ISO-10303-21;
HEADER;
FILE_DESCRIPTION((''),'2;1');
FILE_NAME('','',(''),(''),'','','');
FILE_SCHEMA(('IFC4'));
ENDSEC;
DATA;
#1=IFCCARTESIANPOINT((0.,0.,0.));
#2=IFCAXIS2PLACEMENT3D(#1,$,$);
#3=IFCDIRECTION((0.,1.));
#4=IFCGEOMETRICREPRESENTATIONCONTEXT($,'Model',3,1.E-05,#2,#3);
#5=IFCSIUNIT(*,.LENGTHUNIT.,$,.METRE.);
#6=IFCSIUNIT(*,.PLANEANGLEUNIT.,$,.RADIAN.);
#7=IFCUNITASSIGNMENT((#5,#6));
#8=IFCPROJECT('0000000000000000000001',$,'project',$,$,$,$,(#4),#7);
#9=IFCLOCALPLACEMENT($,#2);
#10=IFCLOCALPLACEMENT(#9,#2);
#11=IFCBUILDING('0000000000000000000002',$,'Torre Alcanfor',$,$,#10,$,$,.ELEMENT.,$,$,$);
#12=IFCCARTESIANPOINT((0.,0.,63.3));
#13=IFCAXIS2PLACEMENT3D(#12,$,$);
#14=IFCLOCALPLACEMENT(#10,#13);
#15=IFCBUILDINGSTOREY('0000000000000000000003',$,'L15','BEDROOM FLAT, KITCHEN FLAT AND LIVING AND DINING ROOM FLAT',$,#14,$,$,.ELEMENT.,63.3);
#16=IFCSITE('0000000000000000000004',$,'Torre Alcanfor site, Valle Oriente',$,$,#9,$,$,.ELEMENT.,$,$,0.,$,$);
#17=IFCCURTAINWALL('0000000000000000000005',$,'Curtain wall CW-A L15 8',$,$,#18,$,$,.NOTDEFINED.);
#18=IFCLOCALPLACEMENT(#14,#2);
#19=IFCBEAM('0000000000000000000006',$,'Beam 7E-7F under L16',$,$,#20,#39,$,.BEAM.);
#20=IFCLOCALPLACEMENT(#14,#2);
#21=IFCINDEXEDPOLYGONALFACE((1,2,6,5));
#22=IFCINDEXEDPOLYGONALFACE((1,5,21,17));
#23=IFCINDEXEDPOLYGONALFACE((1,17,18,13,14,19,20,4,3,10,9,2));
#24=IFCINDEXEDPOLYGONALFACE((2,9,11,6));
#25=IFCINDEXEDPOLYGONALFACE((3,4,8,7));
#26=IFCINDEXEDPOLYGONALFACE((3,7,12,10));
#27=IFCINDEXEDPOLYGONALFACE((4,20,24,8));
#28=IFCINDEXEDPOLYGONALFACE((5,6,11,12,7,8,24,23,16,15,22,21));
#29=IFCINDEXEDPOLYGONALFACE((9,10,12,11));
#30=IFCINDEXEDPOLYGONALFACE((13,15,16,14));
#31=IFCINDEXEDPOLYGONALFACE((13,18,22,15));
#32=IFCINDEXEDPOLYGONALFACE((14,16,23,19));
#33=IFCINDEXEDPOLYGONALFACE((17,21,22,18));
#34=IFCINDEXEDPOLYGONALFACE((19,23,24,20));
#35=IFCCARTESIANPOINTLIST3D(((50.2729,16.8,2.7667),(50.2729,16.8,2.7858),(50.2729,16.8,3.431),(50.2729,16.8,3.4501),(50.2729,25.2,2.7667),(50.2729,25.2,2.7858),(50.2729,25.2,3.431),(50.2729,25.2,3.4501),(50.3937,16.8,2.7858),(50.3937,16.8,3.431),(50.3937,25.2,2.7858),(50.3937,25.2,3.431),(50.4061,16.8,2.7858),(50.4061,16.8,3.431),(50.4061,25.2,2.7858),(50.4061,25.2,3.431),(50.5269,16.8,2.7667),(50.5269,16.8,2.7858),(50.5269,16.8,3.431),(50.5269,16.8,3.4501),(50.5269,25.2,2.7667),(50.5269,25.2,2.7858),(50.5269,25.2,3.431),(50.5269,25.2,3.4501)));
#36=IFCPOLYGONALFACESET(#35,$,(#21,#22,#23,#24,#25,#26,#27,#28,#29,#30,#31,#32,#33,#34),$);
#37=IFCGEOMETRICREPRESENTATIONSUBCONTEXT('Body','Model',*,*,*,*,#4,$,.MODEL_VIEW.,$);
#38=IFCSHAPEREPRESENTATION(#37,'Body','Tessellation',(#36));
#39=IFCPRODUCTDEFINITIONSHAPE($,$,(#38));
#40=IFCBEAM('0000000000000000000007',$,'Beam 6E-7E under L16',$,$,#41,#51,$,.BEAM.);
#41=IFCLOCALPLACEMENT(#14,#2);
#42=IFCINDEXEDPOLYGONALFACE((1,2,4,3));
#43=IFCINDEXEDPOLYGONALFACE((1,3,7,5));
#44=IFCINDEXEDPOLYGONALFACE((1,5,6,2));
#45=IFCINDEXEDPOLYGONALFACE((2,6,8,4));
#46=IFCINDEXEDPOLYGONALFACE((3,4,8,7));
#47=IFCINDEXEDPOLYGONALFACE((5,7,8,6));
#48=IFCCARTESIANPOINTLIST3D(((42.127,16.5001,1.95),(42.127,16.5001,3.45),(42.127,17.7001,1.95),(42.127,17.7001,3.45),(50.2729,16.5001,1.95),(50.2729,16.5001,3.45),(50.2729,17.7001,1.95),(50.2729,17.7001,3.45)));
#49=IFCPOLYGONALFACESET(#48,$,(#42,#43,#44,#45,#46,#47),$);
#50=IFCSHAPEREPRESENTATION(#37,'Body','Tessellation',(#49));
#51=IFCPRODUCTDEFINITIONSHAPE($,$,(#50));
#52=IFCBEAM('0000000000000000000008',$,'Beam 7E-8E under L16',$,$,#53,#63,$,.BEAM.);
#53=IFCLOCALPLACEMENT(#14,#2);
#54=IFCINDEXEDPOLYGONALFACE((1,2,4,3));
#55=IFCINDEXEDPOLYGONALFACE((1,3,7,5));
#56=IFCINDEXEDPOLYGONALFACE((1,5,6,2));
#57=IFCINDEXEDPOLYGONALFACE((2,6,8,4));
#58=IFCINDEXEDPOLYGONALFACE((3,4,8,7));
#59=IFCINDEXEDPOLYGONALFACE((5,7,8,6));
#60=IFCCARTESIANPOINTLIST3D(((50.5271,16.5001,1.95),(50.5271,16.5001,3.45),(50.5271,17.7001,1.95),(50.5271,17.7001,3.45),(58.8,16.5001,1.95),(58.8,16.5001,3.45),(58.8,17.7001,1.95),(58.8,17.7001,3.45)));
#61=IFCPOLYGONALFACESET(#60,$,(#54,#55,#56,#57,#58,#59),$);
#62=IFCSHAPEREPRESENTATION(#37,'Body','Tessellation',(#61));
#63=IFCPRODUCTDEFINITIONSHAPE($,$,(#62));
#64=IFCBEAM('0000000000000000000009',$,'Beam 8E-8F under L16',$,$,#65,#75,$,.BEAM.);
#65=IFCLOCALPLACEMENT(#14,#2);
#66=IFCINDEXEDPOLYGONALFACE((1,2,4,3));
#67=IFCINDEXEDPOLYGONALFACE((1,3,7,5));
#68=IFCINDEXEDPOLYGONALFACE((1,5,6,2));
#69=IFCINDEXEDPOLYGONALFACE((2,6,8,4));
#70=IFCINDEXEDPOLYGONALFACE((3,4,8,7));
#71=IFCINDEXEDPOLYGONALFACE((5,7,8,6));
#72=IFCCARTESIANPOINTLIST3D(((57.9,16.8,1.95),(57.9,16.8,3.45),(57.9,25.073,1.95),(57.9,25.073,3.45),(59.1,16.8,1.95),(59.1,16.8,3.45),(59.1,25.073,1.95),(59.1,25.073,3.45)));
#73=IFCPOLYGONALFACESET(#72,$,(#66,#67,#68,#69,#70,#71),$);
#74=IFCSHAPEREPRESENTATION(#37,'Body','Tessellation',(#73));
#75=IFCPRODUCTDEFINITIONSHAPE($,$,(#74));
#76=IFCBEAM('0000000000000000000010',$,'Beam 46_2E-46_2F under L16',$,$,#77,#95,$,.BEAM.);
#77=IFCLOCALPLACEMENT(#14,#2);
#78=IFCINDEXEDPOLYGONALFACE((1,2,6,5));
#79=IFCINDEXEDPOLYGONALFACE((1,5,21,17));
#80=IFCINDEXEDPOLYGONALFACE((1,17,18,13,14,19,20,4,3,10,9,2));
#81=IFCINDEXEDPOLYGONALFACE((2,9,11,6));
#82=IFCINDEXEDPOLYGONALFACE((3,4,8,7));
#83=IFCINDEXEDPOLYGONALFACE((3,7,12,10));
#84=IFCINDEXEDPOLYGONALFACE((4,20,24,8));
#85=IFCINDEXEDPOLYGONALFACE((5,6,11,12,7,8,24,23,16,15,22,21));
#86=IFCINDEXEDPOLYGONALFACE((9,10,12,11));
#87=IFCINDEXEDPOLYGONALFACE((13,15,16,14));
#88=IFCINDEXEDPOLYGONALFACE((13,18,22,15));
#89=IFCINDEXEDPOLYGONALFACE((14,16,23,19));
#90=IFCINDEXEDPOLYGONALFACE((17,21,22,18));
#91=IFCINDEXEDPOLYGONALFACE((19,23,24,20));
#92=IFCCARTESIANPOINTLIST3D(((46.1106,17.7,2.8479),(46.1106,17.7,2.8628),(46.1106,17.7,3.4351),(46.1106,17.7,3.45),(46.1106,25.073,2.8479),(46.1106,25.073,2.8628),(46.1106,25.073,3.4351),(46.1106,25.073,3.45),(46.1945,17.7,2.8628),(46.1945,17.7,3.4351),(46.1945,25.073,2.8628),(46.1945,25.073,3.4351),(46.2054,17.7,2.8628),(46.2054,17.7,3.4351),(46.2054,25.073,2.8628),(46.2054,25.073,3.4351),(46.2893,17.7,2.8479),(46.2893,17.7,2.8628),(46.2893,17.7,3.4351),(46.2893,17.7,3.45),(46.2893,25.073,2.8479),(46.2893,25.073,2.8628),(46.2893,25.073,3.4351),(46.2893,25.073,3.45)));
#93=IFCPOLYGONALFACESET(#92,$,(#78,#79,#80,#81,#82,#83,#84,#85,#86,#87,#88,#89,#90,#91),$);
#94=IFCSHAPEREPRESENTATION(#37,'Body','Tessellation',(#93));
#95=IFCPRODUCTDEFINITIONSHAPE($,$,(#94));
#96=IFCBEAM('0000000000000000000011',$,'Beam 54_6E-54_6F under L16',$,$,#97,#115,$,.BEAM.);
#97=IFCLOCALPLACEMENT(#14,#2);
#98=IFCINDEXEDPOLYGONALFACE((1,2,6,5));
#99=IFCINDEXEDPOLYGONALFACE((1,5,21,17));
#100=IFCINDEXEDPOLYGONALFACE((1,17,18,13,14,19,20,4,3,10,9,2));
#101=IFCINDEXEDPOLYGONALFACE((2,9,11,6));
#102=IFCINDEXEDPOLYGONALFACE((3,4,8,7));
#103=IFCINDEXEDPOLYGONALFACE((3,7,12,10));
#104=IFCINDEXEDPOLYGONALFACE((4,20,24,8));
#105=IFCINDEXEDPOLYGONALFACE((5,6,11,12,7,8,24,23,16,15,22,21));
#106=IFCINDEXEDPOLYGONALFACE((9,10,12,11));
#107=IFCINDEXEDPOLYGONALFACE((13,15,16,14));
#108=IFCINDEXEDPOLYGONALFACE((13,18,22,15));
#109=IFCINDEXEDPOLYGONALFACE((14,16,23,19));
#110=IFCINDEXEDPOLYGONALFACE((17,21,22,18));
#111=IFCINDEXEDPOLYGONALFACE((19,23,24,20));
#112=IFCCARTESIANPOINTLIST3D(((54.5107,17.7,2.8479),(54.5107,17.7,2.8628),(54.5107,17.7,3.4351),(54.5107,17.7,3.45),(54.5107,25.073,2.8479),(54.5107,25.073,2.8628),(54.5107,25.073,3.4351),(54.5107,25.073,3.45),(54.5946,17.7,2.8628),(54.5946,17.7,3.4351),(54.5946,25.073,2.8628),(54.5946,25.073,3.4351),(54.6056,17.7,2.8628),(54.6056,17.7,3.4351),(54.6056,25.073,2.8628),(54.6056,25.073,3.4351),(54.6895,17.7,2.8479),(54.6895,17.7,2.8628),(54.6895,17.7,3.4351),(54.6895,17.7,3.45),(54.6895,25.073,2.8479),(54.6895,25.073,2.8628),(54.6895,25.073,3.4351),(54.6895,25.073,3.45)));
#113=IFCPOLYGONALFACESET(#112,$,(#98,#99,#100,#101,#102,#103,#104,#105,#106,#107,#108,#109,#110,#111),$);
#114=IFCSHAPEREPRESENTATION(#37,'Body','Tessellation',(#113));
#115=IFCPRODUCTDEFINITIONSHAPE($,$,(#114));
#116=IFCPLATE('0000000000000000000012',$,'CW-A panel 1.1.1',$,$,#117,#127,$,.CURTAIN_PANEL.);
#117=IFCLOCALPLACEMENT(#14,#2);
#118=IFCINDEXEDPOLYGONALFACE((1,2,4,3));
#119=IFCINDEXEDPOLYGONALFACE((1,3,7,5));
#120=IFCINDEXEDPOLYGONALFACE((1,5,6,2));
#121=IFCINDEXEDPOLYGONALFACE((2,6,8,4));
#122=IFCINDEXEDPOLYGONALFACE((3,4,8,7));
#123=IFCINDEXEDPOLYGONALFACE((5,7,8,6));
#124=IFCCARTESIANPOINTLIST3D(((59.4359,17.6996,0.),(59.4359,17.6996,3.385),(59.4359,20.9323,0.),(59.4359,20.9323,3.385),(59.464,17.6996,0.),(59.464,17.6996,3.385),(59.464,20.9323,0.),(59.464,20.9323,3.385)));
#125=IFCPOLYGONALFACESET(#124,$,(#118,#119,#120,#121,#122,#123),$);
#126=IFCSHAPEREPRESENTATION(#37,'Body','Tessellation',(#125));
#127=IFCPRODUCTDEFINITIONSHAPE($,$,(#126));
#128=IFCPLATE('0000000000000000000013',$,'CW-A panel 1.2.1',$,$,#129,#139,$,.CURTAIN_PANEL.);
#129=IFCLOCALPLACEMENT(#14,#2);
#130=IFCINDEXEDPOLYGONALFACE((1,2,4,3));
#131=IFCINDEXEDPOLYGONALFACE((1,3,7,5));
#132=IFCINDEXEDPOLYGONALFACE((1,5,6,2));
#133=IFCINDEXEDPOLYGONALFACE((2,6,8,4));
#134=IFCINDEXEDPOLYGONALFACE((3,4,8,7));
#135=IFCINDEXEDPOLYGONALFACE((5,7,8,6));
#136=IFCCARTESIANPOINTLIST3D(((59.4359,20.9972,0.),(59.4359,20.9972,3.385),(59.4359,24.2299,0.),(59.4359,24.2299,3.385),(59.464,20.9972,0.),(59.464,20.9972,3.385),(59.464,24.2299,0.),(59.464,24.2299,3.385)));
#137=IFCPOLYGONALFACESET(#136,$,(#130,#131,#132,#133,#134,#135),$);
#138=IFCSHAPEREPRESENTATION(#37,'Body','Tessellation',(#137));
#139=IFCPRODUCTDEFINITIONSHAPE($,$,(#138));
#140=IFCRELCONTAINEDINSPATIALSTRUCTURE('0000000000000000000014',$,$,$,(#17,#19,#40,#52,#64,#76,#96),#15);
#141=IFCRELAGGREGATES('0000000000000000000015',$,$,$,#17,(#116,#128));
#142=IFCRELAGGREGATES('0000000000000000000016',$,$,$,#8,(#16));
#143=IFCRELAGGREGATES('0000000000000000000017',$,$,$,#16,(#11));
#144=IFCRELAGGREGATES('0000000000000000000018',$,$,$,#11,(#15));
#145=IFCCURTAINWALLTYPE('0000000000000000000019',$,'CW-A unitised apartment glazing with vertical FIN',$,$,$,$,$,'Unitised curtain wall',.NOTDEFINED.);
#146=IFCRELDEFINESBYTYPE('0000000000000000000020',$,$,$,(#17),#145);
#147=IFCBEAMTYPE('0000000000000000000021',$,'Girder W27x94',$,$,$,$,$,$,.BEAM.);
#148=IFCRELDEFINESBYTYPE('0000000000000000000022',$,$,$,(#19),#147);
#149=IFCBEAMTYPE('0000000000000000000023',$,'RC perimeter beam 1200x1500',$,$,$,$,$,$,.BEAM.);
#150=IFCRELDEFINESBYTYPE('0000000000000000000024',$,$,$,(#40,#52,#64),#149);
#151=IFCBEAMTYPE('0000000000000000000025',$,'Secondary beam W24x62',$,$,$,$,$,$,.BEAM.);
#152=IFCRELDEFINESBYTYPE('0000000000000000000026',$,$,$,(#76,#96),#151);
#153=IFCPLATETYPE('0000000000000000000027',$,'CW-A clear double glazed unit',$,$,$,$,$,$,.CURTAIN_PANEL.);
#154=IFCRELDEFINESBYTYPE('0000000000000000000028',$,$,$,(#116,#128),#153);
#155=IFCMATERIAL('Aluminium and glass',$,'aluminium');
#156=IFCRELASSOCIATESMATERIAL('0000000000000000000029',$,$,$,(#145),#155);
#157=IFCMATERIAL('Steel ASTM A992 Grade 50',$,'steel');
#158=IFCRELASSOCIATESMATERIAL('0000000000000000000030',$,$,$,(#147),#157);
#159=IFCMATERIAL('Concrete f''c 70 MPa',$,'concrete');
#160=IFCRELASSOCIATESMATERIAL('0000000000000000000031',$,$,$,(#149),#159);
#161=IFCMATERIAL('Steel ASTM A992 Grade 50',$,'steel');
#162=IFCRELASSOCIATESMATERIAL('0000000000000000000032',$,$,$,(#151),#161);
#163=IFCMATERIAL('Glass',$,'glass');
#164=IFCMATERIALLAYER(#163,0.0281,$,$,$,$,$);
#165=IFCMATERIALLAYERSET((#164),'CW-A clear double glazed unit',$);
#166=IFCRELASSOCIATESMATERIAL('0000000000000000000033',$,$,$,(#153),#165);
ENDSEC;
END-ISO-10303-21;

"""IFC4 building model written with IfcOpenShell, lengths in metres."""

from ifc_helpers import new_model, si_unit, direction, frame, origin, origin_2d, place, context, subcontext, project, spatial, rectangle, i_section, extrude, material, layer, layer_set, material_profile, profile_set, type_object, element, aggregate, save


model = new_model("IFC4")

# Units and contexts
model_context = context("Model", 3, precision=1e-05, world=origin(), true_north=direction((0.0, 1.0)))
body_context = subcontext(model_context, "Body", "Model", "MODEL_VIEW")
ifc_project = project(units=[si_unit("LENGTHUNIT", "METRE"), si_unit("PLANEANGLEUNIT", "RADIAN")], contexts=[model_context])

# Site, building, storey
site_placement = place(None, origin())
site = spatial("IfcSite", under=ifc_project, at=site_placement, Name="Torre Alcanfor site, Valle Oriente", CompositionType="ELEMENT", RefElevation=0.0)
building_placement = place(site_placement, origin())
building = spatial("IfcBuilding", under=site, at=building_placement, Name="Torre Alcanfor", CompositionType="ELEMENT")
storey_placement = place(building_placement, frame((0.0, 0.0, 63.3)))
storey = spatial("IfcBuildingStorey", under=building, at=storey_placement, Name="L15", Description="BEDROOM FLAT, KITCHEN FLAT AND LIVING AND DINING ROOM FLAT", CompositionType="ELEMENT", Elevation=63.3)

# Curtain wall
ifc_material_1 = material(Name="Aluminium and glass", Category="aluminium")
curtain_wall_type = type_object("IfcCurtainWallType", Name="CW-A unitised apartment glazing with vertical FIN", ElementType="Unitised curtain wall", PredefinedType="NOTDEFINED", material=ifc_material_1)
curtain_wall_placement = place(storey_placement, origin())
curtain_wall = element("IfcCurtainWall", 1, at=curtain_wall_placement, inside=storey, type_object=curtain_wall_type, Name="Curtain wall CW-A L15 8", PredefinedType="NOTDEFINED")

# Beams
ifc_material_2 = material(Name="Steel ASTM A992 Grade 50", Category="steel")
ifc_material_profile_1 = material_profile(ifc_material_2, i_section(OverallWidth=0.2539, OverallDepth=0.6833, WebThickness=0.0125, FlangeThickness=0.019, at=origin_2d()), Name="W27x94")
ifc_profile_set_1 = profile_set([ifc_material_profile_1], Name="Steel ASTM A992 Grade 50")
beam_type_1 = type_object("IfcBeamType", Name="Girder W27x94", PredefinedType="BEAM", material=ifc_profile_set_1)
beam_1_placement = place(storey_placement, frame((50.3999, 16.8, 3.1084), z_axis=(0.0, 1.0, 0.0), x_axis=(-1.0, 0.0, 0.0)))
element("IfcBeam", 2, at=beam_1_placement, inside=storey, type_object=beam_type_1, Name="Beam 7E-7F under L16", PredefinedType="BEAM", context=body_context, shape_type="SweptSolid", body=[
    extrude(i_section(OverallWidth=0.2539, OverallDepth=0.6833, WebThickness=0.0125, FlangeThickness=0.019, at=origin_2d()), origin(), (0.0, 0.0, 1.0), 8.3999),
])
ifc_material_3 = material(Name="Concrete f'c 70 MPa", Category="concrete")
ifc_material_profile_2 = material_profile(ifc_material_3, rectangle(XDim=1.2, YDim=1.5, at=origin_2d()), Name="1200x1500")
ifc_profile_set_2 = profile_set([ifc_material_profile_2], Name="Concrete f'c 70 MPa")
beam_type_2 = type_object("IfcBeamType", Name="RC perimeter beam 1200x1500", PredefinedType="BEAM", material=ifc_profile_set_2)
beam_2_placement = place(storey_placement, frame((42.127, 17.1001, 2.7), z_axis=(1.0, 0.0, 0.0), x_axis=(0.0, 1.0, 0.0)))
element("IfcBeam", 3, at=beam_2_placement, inside=storey, type_object=beam_type_2, Name="Beam 6E-7E under L16", PredefinedType="BEAM", context=body_context, shape_type="SweptSolid", body=[
    extrude(rectangle(XDim=1.2, YDim=1.5, at=origin_2d()), origin(), (0.0, 0.0, 1.0), 8.146),
])
for number, where, z_axis, x_axis, name in (
    (4, (50.5271, 17.1001, 2.7), (1.0, 0.0, 0.0), (0.0, 1.0, 0.0), "Beam 7E-8E under L16"),
    (5, (58.5, 16.8, 2.7), (0.0, 1.0, 0.0), (-1.0, 0.0, 0.0), "Beam 8E-8F under L16"),
):
    element("IfcBeam", number, at=place(storey_placement, frame(where, z_axis=z_axis, x_axis=x_axis)), inside=storey, type_object=beam_type_2, Name=name, PredefinedType="BEAM", context=body_context, shape_type="SweptSolid", body=[
        extrude(rectangle(XDim=1.2, YDim=1.5, at=origin_2d()), origin(), (0.0, 0.0, 1.0), 8.2729),
    ])
ifc_material_4 = material(Name="Steel ASTM A992 Grade 50", Category="steel")
ifc_material_profile_3 = material_profile(ifc_material_4, i_section(OverallWidth=0.1787, OverallDepth=0.6021, WebThickness=0.011, FlangeThickness=0.0149, at=origin_2d()), Name="W24x62")
ifc_profile_set_3 = profile_set([ifc_material_profile_3], Name="Steel ASTM A992 Grade 50")
beam_type_3 = type_object("IfcBeamType", Name="Secondary beam W24x62", PredefinedType="BEAM", material=ifc_profile_set_3)
for number, where, z_axis, x_axis, name in (
    (6, (46.2, 17.7, 3.1489), (0.0, 1.0, 0.0), (-1.0, 0.0, 0.0), "Beam 46_2E-46_2F under L16"),
    (7, (54.6001, 17.7, 3.1489), (0.0, 1.0, 0.0), (-1.0, 0.0, 0.0), "Beam 54_6E-54_6F under L16"),
):
    element("IfcBeam", number, at=place(storey_placement, frame(where, z_axis=z_axis, x_axis=x_axis)), inside=storey, type_object=beam_type_3, Name=name, PredefinedType="BEAM", context=body_context, shape_type="SweptSolid", body=[
        extrude(i_section(OverallWidth=0.1787, OverallDepth=0.6021, WebThickness=0.011, FlangeThickness=0.0149, at=origin_2d()), origin(), (0.0, 0.0, 1.0), 7.373),
    ])

# Plates
ifc_material_5 = material(Name="Glass", Category="glass")
ifc_layer = layer(ifc_material_5, 0.0281)
ifc_layer_set = layer_set([ifc_layer], Name="CW-A clear double glazed unit")
plate_type = type_object("IfcPlateType", Name="CW-A clear double glazed unit", PredefinedType="CURTAIN_PANEL", material=ifc_layer_set)
plate_1_placement = place(storey_placement, frame((59.45, 19.3159, 0.0), z_axis=(0.0, 0.0, 1.0), x_axis=(0.0, 1.0, 0.0)))
plate_1 = element("IfcPlate", 8, at=plate_1_placement, type_object=plate_type, Name="CW-A panel 1.1.1", PredefinedType="CURTAIN_PANEL", context=body_context, shape_type="SweptSolid", body=[
    extrude(rectangle(XDim=3.2327, YDim=0.0281, at=origin_2d()), origin(), (0.0, 0.0, 1.0), 3.385),
])
plate_2_placement = place(storey_placement, frame((59.45, 22.6135, 0.0), z_axis=(0.0, 0.0, 1.0), x_axis=(0.0, 1.0, 0.0)))
plate_2 = element("IfcPlate", 9, at=plate_2_placement, type_object=plate_type, Name="CW-A panel 1.2.1", PredefinedType="CURTAIN_PANEL", context=body_context, shape_type="SweptSolid", body=[
    extrude(rectangle(XDim=3.2327, YDim=0.0281, at=origin_2d()), origin(), (0.0, 0.0, 1.0), 3.385),
])
aggregate(curtain_wall, [plate_1, plate_2])

save(model, "model.ifc")
